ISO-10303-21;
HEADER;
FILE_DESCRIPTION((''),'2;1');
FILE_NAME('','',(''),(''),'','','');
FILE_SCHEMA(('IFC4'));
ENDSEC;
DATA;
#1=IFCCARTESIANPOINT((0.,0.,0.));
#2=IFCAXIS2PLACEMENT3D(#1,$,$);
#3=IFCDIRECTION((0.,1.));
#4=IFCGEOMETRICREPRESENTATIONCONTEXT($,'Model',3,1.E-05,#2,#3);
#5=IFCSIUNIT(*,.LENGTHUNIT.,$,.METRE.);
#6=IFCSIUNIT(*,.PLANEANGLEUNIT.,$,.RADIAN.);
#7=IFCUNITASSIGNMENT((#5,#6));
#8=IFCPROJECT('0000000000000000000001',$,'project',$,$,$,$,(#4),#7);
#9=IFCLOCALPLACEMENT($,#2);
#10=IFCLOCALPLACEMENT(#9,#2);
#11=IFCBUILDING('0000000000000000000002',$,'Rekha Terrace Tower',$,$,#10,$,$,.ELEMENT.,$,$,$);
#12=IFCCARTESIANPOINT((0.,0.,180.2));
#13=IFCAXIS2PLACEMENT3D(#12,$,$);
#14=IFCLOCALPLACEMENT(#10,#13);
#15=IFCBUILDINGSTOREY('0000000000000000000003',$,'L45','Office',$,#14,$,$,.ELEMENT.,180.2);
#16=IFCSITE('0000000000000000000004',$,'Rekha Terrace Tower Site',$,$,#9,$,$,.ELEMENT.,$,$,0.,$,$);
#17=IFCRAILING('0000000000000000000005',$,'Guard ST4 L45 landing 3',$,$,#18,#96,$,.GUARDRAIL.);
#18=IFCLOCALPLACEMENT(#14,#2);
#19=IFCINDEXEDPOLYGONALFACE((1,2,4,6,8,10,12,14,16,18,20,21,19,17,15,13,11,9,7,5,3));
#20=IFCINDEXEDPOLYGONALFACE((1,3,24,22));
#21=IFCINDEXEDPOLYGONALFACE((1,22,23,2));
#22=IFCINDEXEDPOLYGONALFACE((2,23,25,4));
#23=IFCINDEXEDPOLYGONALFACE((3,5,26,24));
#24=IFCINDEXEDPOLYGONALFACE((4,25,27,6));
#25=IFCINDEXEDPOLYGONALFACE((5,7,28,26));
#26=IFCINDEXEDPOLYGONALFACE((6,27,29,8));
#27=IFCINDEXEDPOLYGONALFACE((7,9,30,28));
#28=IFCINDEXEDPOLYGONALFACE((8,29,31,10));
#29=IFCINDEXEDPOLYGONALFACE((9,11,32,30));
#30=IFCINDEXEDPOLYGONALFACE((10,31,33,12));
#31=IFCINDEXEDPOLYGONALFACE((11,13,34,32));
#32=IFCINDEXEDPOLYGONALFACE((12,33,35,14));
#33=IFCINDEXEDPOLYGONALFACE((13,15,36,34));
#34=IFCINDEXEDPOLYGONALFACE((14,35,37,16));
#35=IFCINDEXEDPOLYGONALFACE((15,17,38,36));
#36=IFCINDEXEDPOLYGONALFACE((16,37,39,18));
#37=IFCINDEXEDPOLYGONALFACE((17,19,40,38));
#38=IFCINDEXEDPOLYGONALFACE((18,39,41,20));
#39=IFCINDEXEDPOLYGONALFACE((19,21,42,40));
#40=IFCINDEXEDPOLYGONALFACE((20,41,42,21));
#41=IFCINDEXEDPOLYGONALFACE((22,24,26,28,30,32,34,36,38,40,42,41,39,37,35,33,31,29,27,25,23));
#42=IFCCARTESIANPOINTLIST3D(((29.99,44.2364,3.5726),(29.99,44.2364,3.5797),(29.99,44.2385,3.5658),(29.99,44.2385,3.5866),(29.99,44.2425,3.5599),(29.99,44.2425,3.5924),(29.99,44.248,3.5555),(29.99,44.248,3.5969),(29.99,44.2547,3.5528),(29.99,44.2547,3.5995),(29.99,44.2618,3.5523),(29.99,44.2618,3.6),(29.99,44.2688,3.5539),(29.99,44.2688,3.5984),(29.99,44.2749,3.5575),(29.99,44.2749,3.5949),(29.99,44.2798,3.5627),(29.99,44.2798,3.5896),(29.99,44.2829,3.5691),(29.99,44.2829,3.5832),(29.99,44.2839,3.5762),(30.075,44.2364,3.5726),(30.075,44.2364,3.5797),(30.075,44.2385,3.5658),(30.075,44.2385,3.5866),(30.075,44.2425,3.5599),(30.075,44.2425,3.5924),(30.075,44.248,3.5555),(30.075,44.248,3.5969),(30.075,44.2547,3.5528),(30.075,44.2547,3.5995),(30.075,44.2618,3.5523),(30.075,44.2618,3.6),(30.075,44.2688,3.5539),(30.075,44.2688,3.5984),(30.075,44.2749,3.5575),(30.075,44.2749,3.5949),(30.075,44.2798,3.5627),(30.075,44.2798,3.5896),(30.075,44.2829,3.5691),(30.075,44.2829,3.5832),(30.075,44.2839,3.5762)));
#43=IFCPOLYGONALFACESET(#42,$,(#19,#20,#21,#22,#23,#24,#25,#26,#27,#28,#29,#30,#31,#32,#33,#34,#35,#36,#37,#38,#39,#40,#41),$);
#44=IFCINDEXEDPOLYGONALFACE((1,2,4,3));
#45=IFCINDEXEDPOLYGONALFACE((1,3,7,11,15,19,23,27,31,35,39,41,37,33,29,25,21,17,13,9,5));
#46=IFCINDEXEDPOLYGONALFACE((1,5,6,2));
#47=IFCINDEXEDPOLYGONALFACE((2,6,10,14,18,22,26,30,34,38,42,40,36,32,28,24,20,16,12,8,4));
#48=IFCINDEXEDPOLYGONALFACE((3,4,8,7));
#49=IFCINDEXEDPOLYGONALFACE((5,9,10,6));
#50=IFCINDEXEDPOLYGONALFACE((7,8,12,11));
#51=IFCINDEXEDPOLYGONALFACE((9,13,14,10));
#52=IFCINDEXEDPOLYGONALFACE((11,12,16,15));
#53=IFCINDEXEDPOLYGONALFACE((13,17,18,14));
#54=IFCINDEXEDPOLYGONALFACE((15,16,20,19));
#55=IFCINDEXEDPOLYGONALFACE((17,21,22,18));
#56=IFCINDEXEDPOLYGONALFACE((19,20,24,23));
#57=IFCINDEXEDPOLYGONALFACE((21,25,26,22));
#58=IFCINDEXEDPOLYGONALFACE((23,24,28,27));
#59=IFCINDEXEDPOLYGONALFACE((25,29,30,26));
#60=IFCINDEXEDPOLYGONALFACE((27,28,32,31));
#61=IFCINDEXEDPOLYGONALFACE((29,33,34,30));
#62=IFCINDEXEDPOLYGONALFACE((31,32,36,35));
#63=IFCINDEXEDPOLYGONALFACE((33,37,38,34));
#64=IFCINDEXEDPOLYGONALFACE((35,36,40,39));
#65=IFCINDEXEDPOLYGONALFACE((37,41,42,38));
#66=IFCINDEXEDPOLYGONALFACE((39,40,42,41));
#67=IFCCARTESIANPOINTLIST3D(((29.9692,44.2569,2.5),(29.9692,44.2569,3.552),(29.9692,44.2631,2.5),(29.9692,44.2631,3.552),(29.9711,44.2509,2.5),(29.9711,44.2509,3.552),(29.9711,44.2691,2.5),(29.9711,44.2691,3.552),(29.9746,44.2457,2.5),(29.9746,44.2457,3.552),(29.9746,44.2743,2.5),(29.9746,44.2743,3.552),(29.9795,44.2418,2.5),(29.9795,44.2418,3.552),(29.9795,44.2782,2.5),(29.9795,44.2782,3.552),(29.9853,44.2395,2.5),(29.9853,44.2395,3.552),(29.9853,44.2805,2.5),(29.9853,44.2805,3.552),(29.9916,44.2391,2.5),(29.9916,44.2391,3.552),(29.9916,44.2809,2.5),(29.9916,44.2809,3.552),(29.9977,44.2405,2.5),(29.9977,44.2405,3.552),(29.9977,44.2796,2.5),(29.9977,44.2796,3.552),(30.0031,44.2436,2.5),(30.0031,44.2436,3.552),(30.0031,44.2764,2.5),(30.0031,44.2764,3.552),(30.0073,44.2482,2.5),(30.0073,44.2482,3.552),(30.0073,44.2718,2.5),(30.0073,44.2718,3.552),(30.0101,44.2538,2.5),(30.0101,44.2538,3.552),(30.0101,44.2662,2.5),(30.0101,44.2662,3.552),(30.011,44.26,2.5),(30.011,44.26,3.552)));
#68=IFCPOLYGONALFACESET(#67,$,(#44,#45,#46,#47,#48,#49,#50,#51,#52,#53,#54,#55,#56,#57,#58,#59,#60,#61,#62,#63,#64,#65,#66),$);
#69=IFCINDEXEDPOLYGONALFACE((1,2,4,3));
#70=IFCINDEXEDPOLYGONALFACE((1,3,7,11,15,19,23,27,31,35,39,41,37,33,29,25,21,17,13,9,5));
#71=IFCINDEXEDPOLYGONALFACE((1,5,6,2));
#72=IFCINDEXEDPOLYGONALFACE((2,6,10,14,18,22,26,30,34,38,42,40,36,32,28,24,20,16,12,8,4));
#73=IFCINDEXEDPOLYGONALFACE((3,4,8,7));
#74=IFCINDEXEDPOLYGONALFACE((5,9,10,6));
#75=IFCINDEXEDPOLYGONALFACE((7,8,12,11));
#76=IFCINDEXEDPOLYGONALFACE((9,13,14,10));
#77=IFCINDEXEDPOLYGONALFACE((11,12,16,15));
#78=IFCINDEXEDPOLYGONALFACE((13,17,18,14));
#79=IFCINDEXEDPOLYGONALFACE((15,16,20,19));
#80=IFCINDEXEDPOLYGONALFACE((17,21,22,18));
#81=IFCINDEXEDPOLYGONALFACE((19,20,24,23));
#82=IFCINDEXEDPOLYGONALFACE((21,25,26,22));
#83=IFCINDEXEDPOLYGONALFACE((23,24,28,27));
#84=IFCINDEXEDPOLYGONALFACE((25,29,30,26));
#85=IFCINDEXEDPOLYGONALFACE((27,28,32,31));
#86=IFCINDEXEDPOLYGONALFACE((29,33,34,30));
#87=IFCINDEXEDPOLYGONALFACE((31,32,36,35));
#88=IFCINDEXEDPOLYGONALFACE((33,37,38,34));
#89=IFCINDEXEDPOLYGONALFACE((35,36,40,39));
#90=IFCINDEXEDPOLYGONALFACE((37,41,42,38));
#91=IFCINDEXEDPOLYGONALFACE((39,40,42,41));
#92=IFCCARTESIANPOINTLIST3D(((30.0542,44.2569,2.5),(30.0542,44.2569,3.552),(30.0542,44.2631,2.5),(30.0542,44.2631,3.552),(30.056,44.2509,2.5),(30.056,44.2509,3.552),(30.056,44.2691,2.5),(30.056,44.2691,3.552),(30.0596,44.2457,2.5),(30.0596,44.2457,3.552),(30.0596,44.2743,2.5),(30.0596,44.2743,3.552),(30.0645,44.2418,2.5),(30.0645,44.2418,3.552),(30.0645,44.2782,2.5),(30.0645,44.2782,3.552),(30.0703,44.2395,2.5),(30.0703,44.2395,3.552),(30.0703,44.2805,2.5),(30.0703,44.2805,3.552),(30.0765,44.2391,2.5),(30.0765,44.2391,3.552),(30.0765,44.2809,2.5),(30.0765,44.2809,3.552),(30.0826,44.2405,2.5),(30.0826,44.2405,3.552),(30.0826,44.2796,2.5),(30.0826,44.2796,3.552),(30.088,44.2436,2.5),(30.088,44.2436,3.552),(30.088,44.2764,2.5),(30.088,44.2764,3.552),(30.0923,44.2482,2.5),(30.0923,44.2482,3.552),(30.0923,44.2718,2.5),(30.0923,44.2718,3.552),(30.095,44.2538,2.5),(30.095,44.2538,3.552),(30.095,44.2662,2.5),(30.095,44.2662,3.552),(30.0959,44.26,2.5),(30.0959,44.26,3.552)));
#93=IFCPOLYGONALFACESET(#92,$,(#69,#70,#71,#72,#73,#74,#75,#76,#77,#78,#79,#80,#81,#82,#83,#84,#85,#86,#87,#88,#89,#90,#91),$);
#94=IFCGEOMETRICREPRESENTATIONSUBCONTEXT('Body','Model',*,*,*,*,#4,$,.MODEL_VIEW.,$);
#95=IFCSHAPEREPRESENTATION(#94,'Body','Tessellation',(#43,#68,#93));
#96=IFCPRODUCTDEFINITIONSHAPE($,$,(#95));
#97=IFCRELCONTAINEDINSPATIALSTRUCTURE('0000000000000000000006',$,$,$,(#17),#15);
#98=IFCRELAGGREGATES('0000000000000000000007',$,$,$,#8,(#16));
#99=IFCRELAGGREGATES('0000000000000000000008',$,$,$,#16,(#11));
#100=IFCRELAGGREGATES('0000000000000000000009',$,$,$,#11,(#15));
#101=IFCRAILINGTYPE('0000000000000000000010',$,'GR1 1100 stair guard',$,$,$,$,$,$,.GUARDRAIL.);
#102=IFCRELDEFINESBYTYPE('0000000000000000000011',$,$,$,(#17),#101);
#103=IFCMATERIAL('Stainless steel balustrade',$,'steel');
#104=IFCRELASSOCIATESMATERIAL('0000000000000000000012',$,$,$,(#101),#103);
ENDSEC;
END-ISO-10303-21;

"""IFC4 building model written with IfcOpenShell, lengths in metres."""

from ifc_helpers import new_model, si_unit, direction, frame, origin, origin_2d, place, context, subcontext, project, spatial, circle, extrude, material, type_object, element, save


model = new_model("IFC4")

# Units and contexts
model_context = context("Model", 3, precision=1e-05, world=origin(), true_north=direction((0.0, 1.0)))
body_context = subcontext(model_context, "Body", "Model", "MODEL_VIEW")
ifc_project = project(units=[si_unit("LENGTHUNIT", "METRE"), si_unit("PLANEANGLEUNIT", "RADIAN")], contexts=[model_context])

# Site, building, storey
site_placement = place(None, origin())
site = spatial("IfcSite", under=ifc_project, at=site_placement, Name="Rekha Terrace Tower Site", CompositionType="ELEMENT", RefElevation=0.0)
building_placement = place(site_placement, origin())
building = spatial("IfcBuilding", under=site, at=building_placement, Name="Rekha Terrace Tower", CompositionType="ELEMENT")
storey_placement = place(building_placement, frame((0.0, 0.0, 180.2)))
storey = spatial("IfcBuildingStorey", under=building, at=storey_placement, Name="L45", Description="Office", CompositionType="ELEMENT", Elevation=180.2)

# Railing
ifc_material_1 = material(Name="Stainless steel balustrade", Category="steel")
railing_type_1 = type_object("IfcRailingType", Name="GR1 1100 stair guard", PredefinedType="GUARDRAIL", material=ifc_material_1)
railing_1_placement = place(storey_placement, frame((29.99, 44.26, 2.5)))
element("IfcRailing", 1, at=railing_1_placement, inside=storey, type_object=railing_type_1, Name="Guard ST4 L45 landing 3", PredefinedType="GUARDRAIL", context=body_context, shape_type="SweptSolid", body=[
    extrude(circle(Radius=0.0239, at=origin_2d()), frame((0.0, 0.0, 1.0762), z_axis=(1.0, 0.0, 0.0), x_axis=(0.0, 1.0, 0.0)), (0.0, 0.0, 1.0), 0.085),
    extrude(circle(Radius=0.021, at=origin_2d()), origin(), (0.0, 0.0, 1.0), 1.052),
    extrude(circle(Radius=0.021, at=origin_2d()), frame((0.085, 0.0, 0.0)), (0.0, 0.0, 1.0), 1.052),
])

save(model, "model.ifc")
